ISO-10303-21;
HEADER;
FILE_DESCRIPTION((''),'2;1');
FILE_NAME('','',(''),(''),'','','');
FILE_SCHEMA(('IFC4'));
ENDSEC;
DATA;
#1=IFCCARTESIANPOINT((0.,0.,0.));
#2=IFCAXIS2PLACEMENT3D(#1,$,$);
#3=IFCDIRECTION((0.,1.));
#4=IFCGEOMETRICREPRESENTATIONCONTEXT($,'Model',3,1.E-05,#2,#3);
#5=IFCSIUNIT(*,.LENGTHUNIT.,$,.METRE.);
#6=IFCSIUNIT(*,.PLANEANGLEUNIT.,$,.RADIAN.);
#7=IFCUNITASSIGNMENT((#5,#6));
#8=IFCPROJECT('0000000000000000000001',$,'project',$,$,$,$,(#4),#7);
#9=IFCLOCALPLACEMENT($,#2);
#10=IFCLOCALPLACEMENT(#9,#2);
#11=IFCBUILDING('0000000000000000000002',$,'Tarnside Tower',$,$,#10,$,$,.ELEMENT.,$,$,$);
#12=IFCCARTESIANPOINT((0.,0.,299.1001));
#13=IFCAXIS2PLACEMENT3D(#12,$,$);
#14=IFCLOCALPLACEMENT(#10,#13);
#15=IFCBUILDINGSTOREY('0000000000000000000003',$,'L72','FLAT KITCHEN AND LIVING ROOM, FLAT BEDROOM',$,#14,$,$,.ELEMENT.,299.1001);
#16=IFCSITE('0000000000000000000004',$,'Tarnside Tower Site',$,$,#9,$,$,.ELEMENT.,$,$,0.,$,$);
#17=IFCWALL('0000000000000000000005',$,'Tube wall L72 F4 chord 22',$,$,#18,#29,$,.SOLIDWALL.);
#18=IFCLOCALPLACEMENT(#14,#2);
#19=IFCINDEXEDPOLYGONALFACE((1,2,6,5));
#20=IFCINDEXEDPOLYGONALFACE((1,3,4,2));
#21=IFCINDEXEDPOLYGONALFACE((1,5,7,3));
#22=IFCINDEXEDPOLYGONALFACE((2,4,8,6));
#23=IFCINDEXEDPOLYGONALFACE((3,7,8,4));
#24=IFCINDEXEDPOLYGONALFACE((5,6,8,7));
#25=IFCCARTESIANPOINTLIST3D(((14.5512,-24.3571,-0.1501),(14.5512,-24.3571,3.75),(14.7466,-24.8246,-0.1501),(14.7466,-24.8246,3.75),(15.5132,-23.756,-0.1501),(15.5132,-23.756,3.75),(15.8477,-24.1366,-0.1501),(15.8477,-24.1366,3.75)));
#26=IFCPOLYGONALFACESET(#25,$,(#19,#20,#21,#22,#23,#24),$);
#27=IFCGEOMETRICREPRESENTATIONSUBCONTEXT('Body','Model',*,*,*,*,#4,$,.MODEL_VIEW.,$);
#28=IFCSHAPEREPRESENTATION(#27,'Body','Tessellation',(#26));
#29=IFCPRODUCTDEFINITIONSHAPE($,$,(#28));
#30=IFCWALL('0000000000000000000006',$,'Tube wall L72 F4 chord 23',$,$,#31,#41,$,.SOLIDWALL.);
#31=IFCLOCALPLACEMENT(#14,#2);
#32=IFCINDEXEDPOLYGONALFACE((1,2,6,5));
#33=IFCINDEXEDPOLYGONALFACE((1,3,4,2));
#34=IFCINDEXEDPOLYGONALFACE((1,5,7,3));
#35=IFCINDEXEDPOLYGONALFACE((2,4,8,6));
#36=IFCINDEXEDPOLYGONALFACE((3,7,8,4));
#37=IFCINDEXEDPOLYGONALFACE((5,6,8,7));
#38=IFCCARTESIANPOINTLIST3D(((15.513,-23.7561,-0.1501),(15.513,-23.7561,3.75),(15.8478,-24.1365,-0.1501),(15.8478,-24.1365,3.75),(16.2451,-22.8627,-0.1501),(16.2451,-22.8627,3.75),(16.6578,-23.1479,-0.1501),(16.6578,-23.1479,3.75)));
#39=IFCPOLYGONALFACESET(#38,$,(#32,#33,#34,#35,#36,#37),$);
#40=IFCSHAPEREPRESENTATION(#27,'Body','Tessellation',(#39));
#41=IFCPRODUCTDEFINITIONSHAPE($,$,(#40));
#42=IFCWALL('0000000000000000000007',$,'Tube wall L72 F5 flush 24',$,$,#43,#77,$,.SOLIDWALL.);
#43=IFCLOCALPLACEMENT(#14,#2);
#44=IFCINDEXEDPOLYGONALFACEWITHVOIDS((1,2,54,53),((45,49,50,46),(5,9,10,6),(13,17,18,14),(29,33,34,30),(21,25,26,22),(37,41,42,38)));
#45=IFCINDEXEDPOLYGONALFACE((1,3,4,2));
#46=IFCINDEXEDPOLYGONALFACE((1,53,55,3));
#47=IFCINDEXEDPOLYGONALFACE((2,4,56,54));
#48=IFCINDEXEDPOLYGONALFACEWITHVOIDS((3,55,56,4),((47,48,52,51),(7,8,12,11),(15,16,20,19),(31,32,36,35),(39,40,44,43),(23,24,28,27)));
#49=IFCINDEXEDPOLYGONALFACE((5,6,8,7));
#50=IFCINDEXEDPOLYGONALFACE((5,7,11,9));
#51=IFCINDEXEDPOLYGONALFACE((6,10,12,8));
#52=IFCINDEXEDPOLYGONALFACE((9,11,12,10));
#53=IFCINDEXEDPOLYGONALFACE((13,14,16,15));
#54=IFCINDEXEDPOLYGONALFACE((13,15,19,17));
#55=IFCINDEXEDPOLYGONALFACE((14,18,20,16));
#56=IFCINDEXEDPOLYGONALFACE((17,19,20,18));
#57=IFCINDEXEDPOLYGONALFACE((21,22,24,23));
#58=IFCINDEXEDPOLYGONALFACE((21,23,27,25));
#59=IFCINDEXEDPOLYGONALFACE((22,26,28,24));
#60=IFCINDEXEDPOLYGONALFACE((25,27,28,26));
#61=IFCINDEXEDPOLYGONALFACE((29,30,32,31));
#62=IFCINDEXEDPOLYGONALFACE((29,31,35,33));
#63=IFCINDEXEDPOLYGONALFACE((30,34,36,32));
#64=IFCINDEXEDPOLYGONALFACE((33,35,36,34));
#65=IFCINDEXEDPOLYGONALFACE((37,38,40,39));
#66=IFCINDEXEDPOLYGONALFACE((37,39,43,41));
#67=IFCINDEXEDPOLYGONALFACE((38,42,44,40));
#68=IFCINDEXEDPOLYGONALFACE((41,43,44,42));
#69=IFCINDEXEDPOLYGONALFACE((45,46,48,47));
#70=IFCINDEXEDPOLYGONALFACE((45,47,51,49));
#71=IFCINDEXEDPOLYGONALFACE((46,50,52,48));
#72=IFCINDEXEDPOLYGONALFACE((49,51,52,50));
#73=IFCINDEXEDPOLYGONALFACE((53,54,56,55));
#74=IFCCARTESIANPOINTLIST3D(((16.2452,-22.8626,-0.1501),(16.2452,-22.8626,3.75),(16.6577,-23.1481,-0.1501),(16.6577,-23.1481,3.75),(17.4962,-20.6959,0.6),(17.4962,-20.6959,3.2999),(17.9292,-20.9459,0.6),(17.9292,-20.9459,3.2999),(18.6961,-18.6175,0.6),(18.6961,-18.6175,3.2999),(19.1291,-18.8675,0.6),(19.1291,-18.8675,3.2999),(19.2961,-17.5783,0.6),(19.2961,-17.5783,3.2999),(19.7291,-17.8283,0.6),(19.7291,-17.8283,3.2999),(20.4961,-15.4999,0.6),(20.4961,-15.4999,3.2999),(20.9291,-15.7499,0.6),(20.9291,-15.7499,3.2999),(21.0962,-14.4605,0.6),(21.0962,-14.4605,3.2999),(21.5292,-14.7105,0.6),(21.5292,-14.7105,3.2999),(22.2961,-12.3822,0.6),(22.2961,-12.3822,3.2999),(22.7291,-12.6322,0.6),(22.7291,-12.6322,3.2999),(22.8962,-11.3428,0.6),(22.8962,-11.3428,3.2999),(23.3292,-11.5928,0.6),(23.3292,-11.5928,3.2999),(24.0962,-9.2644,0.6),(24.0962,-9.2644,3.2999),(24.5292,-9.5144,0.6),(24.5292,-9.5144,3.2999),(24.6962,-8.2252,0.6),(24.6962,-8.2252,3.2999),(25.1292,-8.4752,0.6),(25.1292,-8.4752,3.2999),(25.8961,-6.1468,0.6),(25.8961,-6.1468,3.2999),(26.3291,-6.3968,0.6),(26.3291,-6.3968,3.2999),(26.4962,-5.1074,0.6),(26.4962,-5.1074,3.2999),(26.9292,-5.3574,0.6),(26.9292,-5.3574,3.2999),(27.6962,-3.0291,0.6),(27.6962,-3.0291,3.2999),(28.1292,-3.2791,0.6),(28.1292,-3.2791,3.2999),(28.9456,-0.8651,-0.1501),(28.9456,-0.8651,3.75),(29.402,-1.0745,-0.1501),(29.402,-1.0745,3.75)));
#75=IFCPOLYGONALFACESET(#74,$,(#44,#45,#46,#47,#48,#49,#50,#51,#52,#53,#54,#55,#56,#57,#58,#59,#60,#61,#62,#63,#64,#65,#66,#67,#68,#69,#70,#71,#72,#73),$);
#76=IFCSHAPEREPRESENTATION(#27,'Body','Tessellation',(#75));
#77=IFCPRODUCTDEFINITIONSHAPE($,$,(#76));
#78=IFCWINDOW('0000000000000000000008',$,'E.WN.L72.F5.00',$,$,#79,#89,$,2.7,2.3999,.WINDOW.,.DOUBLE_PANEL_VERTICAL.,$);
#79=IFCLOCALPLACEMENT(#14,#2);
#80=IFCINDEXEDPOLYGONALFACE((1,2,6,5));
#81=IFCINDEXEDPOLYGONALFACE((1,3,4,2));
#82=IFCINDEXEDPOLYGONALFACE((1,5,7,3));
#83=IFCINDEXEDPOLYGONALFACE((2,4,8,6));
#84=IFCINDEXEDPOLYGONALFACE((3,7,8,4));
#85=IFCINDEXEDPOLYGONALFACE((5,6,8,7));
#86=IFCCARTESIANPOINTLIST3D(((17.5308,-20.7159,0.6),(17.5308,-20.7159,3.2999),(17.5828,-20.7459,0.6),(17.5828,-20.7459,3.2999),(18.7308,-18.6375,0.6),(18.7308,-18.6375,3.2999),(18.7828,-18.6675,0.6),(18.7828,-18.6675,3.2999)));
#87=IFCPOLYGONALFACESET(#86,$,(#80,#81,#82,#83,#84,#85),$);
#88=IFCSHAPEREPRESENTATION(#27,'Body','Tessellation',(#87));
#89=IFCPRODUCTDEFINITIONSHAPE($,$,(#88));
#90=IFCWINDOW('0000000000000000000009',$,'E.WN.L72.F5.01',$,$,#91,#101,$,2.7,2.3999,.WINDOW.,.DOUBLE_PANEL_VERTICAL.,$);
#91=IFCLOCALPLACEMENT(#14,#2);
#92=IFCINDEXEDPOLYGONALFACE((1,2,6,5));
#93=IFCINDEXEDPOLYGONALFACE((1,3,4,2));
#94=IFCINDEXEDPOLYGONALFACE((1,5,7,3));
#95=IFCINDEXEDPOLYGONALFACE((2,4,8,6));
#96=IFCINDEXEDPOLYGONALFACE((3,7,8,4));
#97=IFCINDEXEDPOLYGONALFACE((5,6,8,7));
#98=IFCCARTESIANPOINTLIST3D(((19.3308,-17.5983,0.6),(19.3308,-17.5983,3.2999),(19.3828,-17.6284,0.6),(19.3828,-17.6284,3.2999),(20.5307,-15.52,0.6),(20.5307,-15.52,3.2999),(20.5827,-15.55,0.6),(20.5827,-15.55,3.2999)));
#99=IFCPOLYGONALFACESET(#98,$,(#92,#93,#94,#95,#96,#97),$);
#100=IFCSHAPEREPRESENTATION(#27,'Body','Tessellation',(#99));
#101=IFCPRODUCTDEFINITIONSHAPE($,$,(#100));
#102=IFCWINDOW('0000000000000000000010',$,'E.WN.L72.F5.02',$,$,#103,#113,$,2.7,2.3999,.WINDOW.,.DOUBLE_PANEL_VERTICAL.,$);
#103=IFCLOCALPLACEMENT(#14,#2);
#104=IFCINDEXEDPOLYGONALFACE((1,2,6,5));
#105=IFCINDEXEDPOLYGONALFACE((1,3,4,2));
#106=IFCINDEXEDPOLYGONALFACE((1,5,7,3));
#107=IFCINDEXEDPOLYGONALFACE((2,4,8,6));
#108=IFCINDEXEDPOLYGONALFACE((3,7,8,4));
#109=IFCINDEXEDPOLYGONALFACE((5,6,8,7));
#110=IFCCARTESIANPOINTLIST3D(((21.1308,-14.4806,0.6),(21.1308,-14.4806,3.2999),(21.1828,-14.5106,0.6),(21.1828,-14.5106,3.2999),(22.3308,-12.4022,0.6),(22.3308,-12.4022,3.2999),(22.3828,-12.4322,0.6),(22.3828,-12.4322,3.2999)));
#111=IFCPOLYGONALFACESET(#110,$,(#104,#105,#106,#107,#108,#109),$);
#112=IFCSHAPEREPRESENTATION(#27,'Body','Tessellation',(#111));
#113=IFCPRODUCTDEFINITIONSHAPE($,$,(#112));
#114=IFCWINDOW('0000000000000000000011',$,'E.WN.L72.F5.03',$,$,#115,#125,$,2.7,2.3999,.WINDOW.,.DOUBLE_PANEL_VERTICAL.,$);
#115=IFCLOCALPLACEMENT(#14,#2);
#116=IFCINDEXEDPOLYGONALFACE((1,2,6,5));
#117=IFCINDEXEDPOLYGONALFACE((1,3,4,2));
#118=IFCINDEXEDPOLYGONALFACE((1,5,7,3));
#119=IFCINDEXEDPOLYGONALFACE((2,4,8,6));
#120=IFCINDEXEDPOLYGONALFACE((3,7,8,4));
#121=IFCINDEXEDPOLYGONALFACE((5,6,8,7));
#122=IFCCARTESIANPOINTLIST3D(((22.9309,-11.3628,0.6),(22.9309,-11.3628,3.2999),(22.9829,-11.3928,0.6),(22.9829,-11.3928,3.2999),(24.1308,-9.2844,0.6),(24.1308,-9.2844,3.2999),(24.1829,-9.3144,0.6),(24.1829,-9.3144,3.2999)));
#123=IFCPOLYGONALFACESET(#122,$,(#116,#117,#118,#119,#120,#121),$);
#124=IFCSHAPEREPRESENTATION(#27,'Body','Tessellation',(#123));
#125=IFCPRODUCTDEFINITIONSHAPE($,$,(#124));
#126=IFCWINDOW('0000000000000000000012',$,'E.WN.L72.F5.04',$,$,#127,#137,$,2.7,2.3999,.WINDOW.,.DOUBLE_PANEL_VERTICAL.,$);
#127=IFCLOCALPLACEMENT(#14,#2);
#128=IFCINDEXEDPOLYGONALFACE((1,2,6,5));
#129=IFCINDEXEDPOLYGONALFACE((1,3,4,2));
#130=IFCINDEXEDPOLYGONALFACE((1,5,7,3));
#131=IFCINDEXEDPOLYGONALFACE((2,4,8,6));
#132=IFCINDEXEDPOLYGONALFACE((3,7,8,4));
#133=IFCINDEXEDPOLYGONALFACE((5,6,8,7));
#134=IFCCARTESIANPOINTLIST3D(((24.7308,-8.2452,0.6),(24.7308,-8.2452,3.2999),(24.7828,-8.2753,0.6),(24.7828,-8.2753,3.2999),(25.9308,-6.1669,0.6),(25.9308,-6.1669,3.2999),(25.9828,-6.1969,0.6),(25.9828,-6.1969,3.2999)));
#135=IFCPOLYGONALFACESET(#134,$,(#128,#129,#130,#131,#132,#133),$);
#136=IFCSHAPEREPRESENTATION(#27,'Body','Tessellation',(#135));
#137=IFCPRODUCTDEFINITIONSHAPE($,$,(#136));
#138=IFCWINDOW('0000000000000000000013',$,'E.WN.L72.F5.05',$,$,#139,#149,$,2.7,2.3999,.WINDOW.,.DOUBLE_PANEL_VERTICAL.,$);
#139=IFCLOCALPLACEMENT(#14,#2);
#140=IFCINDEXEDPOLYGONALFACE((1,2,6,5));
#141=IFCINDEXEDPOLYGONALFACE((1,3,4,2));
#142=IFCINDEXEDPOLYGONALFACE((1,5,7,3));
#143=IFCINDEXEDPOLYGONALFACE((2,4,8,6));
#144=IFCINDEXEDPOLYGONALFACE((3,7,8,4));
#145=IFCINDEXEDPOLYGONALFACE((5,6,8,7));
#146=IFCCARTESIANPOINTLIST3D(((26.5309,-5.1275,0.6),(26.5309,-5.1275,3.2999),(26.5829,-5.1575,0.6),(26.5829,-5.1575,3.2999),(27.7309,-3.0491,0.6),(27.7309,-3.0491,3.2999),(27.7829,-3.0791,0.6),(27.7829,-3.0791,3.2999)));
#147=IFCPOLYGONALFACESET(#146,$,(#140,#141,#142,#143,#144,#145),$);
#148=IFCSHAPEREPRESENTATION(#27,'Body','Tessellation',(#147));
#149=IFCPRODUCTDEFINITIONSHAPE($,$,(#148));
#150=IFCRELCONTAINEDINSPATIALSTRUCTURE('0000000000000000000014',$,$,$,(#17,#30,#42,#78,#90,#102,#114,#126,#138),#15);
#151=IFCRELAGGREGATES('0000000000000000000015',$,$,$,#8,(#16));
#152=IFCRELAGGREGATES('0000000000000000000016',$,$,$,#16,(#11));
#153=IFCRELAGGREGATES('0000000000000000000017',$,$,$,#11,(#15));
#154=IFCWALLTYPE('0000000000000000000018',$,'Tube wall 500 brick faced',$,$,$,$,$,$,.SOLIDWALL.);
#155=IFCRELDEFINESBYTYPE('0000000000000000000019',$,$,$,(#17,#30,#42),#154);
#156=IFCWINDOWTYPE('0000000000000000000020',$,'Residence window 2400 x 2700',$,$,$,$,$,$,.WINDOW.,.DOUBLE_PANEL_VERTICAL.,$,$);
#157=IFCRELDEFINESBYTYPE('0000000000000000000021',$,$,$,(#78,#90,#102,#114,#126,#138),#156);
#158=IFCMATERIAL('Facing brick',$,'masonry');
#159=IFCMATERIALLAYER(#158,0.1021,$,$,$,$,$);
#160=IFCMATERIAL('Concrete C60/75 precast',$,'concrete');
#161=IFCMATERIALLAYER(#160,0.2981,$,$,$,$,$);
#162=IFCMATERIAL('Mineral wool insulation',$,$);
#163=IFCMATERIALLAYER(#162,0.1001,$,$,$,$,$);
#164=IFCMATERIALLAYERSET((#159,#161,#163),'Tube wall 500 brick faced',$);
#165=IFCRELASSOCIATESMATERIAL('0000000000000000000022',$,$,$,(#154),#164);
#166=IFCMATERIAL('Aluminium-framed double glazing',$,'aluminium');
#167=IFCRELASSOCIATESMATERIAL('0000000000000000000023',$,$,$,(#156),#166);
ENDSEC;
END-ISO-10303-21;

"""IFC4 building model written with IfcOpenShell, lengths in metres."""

from ifc_helpers import new_model, si_unit, direction, frame, frame_2d, origin, place, context, subcontext, project, spatial, polyline, rectangle, outline, extrude, material, layer, layer_set, type_object, element, fill, save


model = new_model("IFC4")

# Units and contexts
model_context = context("Model", 3, precision=1e-05, world=origin(), true_north=direction((0.0, 1.0)))
body_context = subcontext(model_context, "Body", "Model", "MODEL_VIEW")
ifc_project = project(units=[si_unit("LENGTHUNIT", "METRE"), si_unit("PLANEANGLEUNIT", "RADIAN")], contexts=[model_context])

# Site, building, storey
site_placement = place(None, origin())
site = spatial("IfcSite", under=ifc_project, at=site_placement, Name="Tarnside Tower Site", CompositionType="ELEMENT", RefElevation=0.0)
building_placement = place(site_placement, origin())
building = spatial("IfcBuilding", under=site, at=building_placement, Name="Tarnside Tower", CompositionType="ELEMENT")
storey_placement = place(building_placement, frame((0.0, 0.0, 299.1001)))
storey = spatial("IfcBuildingStorey", under=building, at=storey_placement, Name="L72", Description="FLAT KITCHEN AND LIVING ROOM, FLAT BEDROOM", CompositionType="ELEMENT", Elevation=299.1001)

# Shared definitions
ifc_material_1 = material(Name="Concrete C60/75 precast", Category="concrete")
ifc_material_2 = material(Name="Mineral wool insulation")

# Walls
ifc_material_3 = material(Name="Facing brick", Category="masonry")
ifc_layer_1 = layer(ifc_material_3, 0.1021)
ifc_layer_2 = layer(ifc_material_1, 0.2981)
ifc_layer_3 = layer(ifc_material_2, 0.1001)
ifc_layer_set_1 = layer_set([ifc_layer_1, ifc_layer_2, ifc_layer_3], Name="Tube wall 500 brick faced")
wall_type_1 = type_object("IfcWallType", Name="Tube wall 500 brick faced", PredefinedType="SOLIDWALL", material=ifc_layer_set_1)
wall_1_placement = place(storey_placement, frame((14.6489, -24.5908, -0.1501), z_axis=(0.0, 0.0, 1.0), x_axis=(0.848055, 0.529909, 0.0)))
element("IfcWall", 1, at=wall_1_placement, inside=storey, type_object=wall_type_1, Name="Tube wall L72 F4 chord 22", PredefinedType="SOLIDWALL", context=body_context, shape_type="SweptSolid", body=[
    extrude(outline(polyline([(-0.041, -0.25), (1.2573, -0.25), (1.1753, 0.25), (0.041, 0.25), (-0.041, -0.25)])), origin(), (0.0, 0.0, 1.0), 3.9001),
])
wall_2_placement = place(storey_placement, frame((15.6804, -23.9463, -0.1501), z_axis=(0.0, 0.0, 1.0), x_axis=(0.633806, 0.773492, 0.0)))
element("IfcWall", 2, at=wall_2_placement, inside=storey, type_object=wall_type_1, Name="Tube wall L72 F4 chord 23", PredefinedType="SOLIDWALL", context=body_context, shape_type="SweptSolid", body=[
    extrude(outline(polyline([(-0.041, -0.25), (1.2371, -0.25), (1.196, 0.25), (0.041, 0.25), (-0.041, -0.25)])), origin(), (0.0, 0.0, 1.0), 3.9001),
])

# Wall, openings, windows
wall_3_placement = place(storey_placement, frame((16.4514, -23.0054, -0.1501), z_axis=(0.0, 0.0, 1.0), x_axis=(0.500004, 0.866023, 0.0)))
wall_3 = element("IfcWall", 3, at=wall_3_placement, inside=storey, type_object=wall_type_1, Name="Tube wall L72 F5 flush 24", PredefinedType="SOLIDWALL", context=body_context, shape_type="SweptSolid", body=[
    extrude(outline(polyline([(-0.0205, -0.25), (25.468, -0.25), (25.4211, 0.25), (0.0205, 0.25), (-0.0205, -0.25)])), origin(), (0.0, 0.0, 1.0), 3.9001),
])
opening_1_placement = place(wall_3_placement, frame((2.5225, 0.0, 0.75)))
opening_1 = element("IfcOpeningElement", 4, at=opening_1_placement, cuts=wall_3, PredefinedType="OPENING", context=body_context, shape_type="SweptSolid", body=[
    extrude(rectangle(XDim=2.3999, YDim=2.7, at=frame_2d((1.2, 1.3501))), frame((0.0, 0.26, 0.0), z_axis=(0.0, -1.0, 0.0), x_axis=(1.0, 0.0, 0.0)), (0.0, 0.0, 1.0), 0.52),
])
opening_2_placement = place(wall_3_placement, frame((6.1223, 0.0, 0.75)))
opening_2 = element("IfcOpeningElement", 5, at=opening_2_placement, cuts=wall_3, PredefinedType="OPENING", context=body_context, shape_type="SweptSolid", body=[
    extrude(rectangle(XDim=2.3999, YDim=2.7, at=frame_2d((1.2, 1.3501))), frame((0.0, 0.26, 0.0), z_axis=(0.0, -1.0, 0.0), x_axis=(1.0, 0.0, 0.0)), (0.0, 0.0, 1.0), 0.52),
])
opening_3_placement = place(wall_3_placement, frame((9.7224, 0.0, 0.75)))
opening_3 = element("IfcOpeningElement", 6, at=opening_3_placement, cuts=wall_3, PredefinedType="OPENING", context=body_context, shape_type="SweptSolid", body=[
    extrude(rectangle(XDim=2.3999, YDim=2.7, at=frame_2d((1.2, 1.3501))), frame((0.0, 0.26, 0.0), z_axis=(0.0, -1.0, 0.0), x_axis=(1.0, 0.0, 0.0)), (0.0, 0.0, 1.0), 0.52),
])
opening_4_placement = place(wall_3_placement, frame((13.3225, 0.0, 0.75)))
opening_4 = element("IfcOpeningElement", 7, at=opening_4_placement, cuts=wall_3, PredefinedType="OPENING", context=body_context, shape_type="SweptSolid", body=[
    extrude(rectangle(XDim=2.3999, YDim=2.7, at=frame_2d((1.2, 1.3501))), frame((0.0, 0.26, 0.0), z_axis=(0.0, -1.0, 0.0), x_axis=(1.0, 0.0, 0.0)), (0.0, 0.0, 1.0), 0.52),
])
opening_5_placement = place(wall_3_placement, frame((16.9224, 0.0, 0.75)))
opening_5 = element("IfcOpeningElement", 8, at=opening_5_placement, cuts=wall_3, PredefinedType="OPENING", context=body_context, shape_type="SweptSolid", body=[
    extrude(rectangle(XDim=2.3999, YDim=2.7, at=frame_2d((1.2, 1.3501))), frame((0.0, 0.26, 0.0), z_axis=(0.0, -1.0, 0.0), x_axis=(1.0, 0.0, 0.0)), (0.0, 0.0, 1.0), 0.52),
])
opening_6_placement = place(wall_3_placement, frame((20.5225, 0.0, 0.75)))
opening_6 = element("IfcOpeningElement", 9, at=opening_6_placement, cuts=wall_3, PredefinedType="OPENING", context=body_context, shape_type="SweptSolid", body=[
    extrude(rectangle(XDim=2.3999, YDim=2.7, at=frame_2d((1.2, 1.3501))), frame((0.0, 0.26, 0.0), z_axis=(0.0, -1.0, 0.0), x_axis=(1.0, 0.0, 0.0)), (0.0, 0.0, 1.0), 0.52),
])
ifc_material_4 = material(Name="Aluminium-framed double glazing", Category="aluminium")
window_type = type_object("IfcWindowType", Name="Residence window 2400 x 2700", PartitioningType="DOUBLE_PANEL_VERTICAL", PredefinedType="WINDOW", material=ifc_material_4)
window_1_placement = place(opening_1_placement, frame((0.0, 0.1799, 0.0)))
window_1 = element("IfcWindow", 10, at=window_1_placement, inside=storey, type_object=window_type, Name="E.WN.L72.F5.00", OverallHeight=2.7, OverallWidth=2.3999, PartitioningType="DOUBLE_PANEL_VERTICAL", PredefinedType="WINDOW", context=body_context, shape_type="SweptSolid", body=[
    extrude(rectangle(XDim=2.3999, YDim=2.7, at=frame_2d((1.2, 1.3501))), frame((0.0, 0.03, 0.0), z_axis=(0.0, -1.0, 0.0), x_axis=(1.0, 0.0, 0.0)), (0.0, 0.0, 1.0), 0.0601),
])
fill(opening_1, window_1)
window_2_placement = place(opening_2_placement, frame((0.0, 0.1799, 0.0)))
window_2 = element("IfcWindow", 11, at=window_2_placement, inside=storey, type_object=window_type, Name="E.WN.L72.F5.01", OverallHeight=2.7, OverallWidth=2.3999, PartitioningType="DOUBLE_PANEL_VERTICAL", PredefinedType="WINDOW", context=body_context, shape_type="SweptSolid", body=[
    extrude(rectangle(XDim=2.3999, YDim=2.7, at=frame_2d((1.2, 1.3501))), frame((0.0, 0.03, 0.0), z_axis=(0.0, -1.0, 0.0), x_axis=(1.0, 0.0, 0.0)), (0.0, 0.0, 1.0), 0.0601),
])
fill(opening_2, window_2)
window_3_placement = place(opening_3_placement, frame((0.0, 0.1799, 0.0)))
window_3 = element("IfcWindow", 12, at=window_3_placement, inside=storey, type_object=window_type, Name="E.WN.L72.F5.02", OverallHeight=2.7, OverallWidth=2.3999, PartitioningType="DOUBLE_PANEL_VERTICAL", PredefinedType="WINDOW", context=body_context, shape_type="SweptSolid", body=[
    extrude(rectangle(XDim=2.3999, YDim=2.7, at=frame_2d((1.2, 1.3501))), frame((0.0, 0.03, 0.0), z_axis=(0.0, -1.0, 0.0), x_axis=(1.0, 0.0, 0.0)), (0.0, 0.0, 1.0), 0.0601),
])
fill(opening_3, window_3)
window_4_placement = place(opening_4_placement, frame((0.0, 0.1799, 0.0)))
window_4 = element("IfcWindow", 13, at=window_4_placement, inside=storey, type_object=window_type, Name="E.WN.L72.F5.03", OverallHeight=2.7, OverallWidth=2.3999, PartitioningType="DOUBLE_PANEL_VERTICAL", PredefinedType="WINDOW", context=body_context, shape_type="SweptSolid", body=[
    extrude(rectangle(XDim=2.3999, YDim=2.7, at=frame_2d((1.2, 1.3501))), frame((0.0, 0.03, 0.0), z_axis=(0.0, -1.0, 0.0), x_axis=(1.0, 0.0, 0.0)), (0.0, 0.0, 1.0), 0.0601),
])
fill(opening_4, window_4)
window_5_placement = place(opening_5_placement, frame((0.0, 0.1799, 0.0)))
window_5 = element("IfcWindow", 14, at=window_5_placement, inside=storey, type_object=window_type, Name="E.WN.L72.F5.04", OverallHeight=2.7, OverallWidth=2.3999, PartitioningType="DOUBLE_PANEL_VERTICAL", PredefinedType="WINDOW", context=body_context, shape_type="SweptSolid", body=[
    extrude(rectangle(XDim=2.3999, YDim=2.7, at=frame_2d((1.2, 1.3501))), frame((0.0, 0.03, 0.0), z_axis=(0.0, -1.0, 0.0), x_axis=(1.0, 0.0, 0.0)), (0.0, 0.0, 1.0), 0.0601),
])
fill(opening_5, window_5)
window_6_placement = place(opening_6_placement, frame((0.0, 0.1799, 0.0)))
window_6 = element("IfcWindow", 15, at=window_6_placement, inside=storey, type_object=window_type, Name="E.WN.L72.F5.05", OverallHeight=2.7, OverallWidth=2.3999, PartitioningType="DOUBLE_PANEL_VERTICAL", PredefinedType="WINDOW", context=body_context, shape_type="SweptSolid", body=[
    extrude(rectangle(XDim=2.3999, YDim=2.7, at=frame_2d((1.2, 1.3501))), frame((0.0, 0.03, 0.0), z_axis=(0.0, -1.0, 0.0), x_axis=(1.0, 0.0, 0.0)), (0.0, 0.0, 1.0), 0.0601),
])
fill(opening_6, window_6)

save(model, "model.ifc")
